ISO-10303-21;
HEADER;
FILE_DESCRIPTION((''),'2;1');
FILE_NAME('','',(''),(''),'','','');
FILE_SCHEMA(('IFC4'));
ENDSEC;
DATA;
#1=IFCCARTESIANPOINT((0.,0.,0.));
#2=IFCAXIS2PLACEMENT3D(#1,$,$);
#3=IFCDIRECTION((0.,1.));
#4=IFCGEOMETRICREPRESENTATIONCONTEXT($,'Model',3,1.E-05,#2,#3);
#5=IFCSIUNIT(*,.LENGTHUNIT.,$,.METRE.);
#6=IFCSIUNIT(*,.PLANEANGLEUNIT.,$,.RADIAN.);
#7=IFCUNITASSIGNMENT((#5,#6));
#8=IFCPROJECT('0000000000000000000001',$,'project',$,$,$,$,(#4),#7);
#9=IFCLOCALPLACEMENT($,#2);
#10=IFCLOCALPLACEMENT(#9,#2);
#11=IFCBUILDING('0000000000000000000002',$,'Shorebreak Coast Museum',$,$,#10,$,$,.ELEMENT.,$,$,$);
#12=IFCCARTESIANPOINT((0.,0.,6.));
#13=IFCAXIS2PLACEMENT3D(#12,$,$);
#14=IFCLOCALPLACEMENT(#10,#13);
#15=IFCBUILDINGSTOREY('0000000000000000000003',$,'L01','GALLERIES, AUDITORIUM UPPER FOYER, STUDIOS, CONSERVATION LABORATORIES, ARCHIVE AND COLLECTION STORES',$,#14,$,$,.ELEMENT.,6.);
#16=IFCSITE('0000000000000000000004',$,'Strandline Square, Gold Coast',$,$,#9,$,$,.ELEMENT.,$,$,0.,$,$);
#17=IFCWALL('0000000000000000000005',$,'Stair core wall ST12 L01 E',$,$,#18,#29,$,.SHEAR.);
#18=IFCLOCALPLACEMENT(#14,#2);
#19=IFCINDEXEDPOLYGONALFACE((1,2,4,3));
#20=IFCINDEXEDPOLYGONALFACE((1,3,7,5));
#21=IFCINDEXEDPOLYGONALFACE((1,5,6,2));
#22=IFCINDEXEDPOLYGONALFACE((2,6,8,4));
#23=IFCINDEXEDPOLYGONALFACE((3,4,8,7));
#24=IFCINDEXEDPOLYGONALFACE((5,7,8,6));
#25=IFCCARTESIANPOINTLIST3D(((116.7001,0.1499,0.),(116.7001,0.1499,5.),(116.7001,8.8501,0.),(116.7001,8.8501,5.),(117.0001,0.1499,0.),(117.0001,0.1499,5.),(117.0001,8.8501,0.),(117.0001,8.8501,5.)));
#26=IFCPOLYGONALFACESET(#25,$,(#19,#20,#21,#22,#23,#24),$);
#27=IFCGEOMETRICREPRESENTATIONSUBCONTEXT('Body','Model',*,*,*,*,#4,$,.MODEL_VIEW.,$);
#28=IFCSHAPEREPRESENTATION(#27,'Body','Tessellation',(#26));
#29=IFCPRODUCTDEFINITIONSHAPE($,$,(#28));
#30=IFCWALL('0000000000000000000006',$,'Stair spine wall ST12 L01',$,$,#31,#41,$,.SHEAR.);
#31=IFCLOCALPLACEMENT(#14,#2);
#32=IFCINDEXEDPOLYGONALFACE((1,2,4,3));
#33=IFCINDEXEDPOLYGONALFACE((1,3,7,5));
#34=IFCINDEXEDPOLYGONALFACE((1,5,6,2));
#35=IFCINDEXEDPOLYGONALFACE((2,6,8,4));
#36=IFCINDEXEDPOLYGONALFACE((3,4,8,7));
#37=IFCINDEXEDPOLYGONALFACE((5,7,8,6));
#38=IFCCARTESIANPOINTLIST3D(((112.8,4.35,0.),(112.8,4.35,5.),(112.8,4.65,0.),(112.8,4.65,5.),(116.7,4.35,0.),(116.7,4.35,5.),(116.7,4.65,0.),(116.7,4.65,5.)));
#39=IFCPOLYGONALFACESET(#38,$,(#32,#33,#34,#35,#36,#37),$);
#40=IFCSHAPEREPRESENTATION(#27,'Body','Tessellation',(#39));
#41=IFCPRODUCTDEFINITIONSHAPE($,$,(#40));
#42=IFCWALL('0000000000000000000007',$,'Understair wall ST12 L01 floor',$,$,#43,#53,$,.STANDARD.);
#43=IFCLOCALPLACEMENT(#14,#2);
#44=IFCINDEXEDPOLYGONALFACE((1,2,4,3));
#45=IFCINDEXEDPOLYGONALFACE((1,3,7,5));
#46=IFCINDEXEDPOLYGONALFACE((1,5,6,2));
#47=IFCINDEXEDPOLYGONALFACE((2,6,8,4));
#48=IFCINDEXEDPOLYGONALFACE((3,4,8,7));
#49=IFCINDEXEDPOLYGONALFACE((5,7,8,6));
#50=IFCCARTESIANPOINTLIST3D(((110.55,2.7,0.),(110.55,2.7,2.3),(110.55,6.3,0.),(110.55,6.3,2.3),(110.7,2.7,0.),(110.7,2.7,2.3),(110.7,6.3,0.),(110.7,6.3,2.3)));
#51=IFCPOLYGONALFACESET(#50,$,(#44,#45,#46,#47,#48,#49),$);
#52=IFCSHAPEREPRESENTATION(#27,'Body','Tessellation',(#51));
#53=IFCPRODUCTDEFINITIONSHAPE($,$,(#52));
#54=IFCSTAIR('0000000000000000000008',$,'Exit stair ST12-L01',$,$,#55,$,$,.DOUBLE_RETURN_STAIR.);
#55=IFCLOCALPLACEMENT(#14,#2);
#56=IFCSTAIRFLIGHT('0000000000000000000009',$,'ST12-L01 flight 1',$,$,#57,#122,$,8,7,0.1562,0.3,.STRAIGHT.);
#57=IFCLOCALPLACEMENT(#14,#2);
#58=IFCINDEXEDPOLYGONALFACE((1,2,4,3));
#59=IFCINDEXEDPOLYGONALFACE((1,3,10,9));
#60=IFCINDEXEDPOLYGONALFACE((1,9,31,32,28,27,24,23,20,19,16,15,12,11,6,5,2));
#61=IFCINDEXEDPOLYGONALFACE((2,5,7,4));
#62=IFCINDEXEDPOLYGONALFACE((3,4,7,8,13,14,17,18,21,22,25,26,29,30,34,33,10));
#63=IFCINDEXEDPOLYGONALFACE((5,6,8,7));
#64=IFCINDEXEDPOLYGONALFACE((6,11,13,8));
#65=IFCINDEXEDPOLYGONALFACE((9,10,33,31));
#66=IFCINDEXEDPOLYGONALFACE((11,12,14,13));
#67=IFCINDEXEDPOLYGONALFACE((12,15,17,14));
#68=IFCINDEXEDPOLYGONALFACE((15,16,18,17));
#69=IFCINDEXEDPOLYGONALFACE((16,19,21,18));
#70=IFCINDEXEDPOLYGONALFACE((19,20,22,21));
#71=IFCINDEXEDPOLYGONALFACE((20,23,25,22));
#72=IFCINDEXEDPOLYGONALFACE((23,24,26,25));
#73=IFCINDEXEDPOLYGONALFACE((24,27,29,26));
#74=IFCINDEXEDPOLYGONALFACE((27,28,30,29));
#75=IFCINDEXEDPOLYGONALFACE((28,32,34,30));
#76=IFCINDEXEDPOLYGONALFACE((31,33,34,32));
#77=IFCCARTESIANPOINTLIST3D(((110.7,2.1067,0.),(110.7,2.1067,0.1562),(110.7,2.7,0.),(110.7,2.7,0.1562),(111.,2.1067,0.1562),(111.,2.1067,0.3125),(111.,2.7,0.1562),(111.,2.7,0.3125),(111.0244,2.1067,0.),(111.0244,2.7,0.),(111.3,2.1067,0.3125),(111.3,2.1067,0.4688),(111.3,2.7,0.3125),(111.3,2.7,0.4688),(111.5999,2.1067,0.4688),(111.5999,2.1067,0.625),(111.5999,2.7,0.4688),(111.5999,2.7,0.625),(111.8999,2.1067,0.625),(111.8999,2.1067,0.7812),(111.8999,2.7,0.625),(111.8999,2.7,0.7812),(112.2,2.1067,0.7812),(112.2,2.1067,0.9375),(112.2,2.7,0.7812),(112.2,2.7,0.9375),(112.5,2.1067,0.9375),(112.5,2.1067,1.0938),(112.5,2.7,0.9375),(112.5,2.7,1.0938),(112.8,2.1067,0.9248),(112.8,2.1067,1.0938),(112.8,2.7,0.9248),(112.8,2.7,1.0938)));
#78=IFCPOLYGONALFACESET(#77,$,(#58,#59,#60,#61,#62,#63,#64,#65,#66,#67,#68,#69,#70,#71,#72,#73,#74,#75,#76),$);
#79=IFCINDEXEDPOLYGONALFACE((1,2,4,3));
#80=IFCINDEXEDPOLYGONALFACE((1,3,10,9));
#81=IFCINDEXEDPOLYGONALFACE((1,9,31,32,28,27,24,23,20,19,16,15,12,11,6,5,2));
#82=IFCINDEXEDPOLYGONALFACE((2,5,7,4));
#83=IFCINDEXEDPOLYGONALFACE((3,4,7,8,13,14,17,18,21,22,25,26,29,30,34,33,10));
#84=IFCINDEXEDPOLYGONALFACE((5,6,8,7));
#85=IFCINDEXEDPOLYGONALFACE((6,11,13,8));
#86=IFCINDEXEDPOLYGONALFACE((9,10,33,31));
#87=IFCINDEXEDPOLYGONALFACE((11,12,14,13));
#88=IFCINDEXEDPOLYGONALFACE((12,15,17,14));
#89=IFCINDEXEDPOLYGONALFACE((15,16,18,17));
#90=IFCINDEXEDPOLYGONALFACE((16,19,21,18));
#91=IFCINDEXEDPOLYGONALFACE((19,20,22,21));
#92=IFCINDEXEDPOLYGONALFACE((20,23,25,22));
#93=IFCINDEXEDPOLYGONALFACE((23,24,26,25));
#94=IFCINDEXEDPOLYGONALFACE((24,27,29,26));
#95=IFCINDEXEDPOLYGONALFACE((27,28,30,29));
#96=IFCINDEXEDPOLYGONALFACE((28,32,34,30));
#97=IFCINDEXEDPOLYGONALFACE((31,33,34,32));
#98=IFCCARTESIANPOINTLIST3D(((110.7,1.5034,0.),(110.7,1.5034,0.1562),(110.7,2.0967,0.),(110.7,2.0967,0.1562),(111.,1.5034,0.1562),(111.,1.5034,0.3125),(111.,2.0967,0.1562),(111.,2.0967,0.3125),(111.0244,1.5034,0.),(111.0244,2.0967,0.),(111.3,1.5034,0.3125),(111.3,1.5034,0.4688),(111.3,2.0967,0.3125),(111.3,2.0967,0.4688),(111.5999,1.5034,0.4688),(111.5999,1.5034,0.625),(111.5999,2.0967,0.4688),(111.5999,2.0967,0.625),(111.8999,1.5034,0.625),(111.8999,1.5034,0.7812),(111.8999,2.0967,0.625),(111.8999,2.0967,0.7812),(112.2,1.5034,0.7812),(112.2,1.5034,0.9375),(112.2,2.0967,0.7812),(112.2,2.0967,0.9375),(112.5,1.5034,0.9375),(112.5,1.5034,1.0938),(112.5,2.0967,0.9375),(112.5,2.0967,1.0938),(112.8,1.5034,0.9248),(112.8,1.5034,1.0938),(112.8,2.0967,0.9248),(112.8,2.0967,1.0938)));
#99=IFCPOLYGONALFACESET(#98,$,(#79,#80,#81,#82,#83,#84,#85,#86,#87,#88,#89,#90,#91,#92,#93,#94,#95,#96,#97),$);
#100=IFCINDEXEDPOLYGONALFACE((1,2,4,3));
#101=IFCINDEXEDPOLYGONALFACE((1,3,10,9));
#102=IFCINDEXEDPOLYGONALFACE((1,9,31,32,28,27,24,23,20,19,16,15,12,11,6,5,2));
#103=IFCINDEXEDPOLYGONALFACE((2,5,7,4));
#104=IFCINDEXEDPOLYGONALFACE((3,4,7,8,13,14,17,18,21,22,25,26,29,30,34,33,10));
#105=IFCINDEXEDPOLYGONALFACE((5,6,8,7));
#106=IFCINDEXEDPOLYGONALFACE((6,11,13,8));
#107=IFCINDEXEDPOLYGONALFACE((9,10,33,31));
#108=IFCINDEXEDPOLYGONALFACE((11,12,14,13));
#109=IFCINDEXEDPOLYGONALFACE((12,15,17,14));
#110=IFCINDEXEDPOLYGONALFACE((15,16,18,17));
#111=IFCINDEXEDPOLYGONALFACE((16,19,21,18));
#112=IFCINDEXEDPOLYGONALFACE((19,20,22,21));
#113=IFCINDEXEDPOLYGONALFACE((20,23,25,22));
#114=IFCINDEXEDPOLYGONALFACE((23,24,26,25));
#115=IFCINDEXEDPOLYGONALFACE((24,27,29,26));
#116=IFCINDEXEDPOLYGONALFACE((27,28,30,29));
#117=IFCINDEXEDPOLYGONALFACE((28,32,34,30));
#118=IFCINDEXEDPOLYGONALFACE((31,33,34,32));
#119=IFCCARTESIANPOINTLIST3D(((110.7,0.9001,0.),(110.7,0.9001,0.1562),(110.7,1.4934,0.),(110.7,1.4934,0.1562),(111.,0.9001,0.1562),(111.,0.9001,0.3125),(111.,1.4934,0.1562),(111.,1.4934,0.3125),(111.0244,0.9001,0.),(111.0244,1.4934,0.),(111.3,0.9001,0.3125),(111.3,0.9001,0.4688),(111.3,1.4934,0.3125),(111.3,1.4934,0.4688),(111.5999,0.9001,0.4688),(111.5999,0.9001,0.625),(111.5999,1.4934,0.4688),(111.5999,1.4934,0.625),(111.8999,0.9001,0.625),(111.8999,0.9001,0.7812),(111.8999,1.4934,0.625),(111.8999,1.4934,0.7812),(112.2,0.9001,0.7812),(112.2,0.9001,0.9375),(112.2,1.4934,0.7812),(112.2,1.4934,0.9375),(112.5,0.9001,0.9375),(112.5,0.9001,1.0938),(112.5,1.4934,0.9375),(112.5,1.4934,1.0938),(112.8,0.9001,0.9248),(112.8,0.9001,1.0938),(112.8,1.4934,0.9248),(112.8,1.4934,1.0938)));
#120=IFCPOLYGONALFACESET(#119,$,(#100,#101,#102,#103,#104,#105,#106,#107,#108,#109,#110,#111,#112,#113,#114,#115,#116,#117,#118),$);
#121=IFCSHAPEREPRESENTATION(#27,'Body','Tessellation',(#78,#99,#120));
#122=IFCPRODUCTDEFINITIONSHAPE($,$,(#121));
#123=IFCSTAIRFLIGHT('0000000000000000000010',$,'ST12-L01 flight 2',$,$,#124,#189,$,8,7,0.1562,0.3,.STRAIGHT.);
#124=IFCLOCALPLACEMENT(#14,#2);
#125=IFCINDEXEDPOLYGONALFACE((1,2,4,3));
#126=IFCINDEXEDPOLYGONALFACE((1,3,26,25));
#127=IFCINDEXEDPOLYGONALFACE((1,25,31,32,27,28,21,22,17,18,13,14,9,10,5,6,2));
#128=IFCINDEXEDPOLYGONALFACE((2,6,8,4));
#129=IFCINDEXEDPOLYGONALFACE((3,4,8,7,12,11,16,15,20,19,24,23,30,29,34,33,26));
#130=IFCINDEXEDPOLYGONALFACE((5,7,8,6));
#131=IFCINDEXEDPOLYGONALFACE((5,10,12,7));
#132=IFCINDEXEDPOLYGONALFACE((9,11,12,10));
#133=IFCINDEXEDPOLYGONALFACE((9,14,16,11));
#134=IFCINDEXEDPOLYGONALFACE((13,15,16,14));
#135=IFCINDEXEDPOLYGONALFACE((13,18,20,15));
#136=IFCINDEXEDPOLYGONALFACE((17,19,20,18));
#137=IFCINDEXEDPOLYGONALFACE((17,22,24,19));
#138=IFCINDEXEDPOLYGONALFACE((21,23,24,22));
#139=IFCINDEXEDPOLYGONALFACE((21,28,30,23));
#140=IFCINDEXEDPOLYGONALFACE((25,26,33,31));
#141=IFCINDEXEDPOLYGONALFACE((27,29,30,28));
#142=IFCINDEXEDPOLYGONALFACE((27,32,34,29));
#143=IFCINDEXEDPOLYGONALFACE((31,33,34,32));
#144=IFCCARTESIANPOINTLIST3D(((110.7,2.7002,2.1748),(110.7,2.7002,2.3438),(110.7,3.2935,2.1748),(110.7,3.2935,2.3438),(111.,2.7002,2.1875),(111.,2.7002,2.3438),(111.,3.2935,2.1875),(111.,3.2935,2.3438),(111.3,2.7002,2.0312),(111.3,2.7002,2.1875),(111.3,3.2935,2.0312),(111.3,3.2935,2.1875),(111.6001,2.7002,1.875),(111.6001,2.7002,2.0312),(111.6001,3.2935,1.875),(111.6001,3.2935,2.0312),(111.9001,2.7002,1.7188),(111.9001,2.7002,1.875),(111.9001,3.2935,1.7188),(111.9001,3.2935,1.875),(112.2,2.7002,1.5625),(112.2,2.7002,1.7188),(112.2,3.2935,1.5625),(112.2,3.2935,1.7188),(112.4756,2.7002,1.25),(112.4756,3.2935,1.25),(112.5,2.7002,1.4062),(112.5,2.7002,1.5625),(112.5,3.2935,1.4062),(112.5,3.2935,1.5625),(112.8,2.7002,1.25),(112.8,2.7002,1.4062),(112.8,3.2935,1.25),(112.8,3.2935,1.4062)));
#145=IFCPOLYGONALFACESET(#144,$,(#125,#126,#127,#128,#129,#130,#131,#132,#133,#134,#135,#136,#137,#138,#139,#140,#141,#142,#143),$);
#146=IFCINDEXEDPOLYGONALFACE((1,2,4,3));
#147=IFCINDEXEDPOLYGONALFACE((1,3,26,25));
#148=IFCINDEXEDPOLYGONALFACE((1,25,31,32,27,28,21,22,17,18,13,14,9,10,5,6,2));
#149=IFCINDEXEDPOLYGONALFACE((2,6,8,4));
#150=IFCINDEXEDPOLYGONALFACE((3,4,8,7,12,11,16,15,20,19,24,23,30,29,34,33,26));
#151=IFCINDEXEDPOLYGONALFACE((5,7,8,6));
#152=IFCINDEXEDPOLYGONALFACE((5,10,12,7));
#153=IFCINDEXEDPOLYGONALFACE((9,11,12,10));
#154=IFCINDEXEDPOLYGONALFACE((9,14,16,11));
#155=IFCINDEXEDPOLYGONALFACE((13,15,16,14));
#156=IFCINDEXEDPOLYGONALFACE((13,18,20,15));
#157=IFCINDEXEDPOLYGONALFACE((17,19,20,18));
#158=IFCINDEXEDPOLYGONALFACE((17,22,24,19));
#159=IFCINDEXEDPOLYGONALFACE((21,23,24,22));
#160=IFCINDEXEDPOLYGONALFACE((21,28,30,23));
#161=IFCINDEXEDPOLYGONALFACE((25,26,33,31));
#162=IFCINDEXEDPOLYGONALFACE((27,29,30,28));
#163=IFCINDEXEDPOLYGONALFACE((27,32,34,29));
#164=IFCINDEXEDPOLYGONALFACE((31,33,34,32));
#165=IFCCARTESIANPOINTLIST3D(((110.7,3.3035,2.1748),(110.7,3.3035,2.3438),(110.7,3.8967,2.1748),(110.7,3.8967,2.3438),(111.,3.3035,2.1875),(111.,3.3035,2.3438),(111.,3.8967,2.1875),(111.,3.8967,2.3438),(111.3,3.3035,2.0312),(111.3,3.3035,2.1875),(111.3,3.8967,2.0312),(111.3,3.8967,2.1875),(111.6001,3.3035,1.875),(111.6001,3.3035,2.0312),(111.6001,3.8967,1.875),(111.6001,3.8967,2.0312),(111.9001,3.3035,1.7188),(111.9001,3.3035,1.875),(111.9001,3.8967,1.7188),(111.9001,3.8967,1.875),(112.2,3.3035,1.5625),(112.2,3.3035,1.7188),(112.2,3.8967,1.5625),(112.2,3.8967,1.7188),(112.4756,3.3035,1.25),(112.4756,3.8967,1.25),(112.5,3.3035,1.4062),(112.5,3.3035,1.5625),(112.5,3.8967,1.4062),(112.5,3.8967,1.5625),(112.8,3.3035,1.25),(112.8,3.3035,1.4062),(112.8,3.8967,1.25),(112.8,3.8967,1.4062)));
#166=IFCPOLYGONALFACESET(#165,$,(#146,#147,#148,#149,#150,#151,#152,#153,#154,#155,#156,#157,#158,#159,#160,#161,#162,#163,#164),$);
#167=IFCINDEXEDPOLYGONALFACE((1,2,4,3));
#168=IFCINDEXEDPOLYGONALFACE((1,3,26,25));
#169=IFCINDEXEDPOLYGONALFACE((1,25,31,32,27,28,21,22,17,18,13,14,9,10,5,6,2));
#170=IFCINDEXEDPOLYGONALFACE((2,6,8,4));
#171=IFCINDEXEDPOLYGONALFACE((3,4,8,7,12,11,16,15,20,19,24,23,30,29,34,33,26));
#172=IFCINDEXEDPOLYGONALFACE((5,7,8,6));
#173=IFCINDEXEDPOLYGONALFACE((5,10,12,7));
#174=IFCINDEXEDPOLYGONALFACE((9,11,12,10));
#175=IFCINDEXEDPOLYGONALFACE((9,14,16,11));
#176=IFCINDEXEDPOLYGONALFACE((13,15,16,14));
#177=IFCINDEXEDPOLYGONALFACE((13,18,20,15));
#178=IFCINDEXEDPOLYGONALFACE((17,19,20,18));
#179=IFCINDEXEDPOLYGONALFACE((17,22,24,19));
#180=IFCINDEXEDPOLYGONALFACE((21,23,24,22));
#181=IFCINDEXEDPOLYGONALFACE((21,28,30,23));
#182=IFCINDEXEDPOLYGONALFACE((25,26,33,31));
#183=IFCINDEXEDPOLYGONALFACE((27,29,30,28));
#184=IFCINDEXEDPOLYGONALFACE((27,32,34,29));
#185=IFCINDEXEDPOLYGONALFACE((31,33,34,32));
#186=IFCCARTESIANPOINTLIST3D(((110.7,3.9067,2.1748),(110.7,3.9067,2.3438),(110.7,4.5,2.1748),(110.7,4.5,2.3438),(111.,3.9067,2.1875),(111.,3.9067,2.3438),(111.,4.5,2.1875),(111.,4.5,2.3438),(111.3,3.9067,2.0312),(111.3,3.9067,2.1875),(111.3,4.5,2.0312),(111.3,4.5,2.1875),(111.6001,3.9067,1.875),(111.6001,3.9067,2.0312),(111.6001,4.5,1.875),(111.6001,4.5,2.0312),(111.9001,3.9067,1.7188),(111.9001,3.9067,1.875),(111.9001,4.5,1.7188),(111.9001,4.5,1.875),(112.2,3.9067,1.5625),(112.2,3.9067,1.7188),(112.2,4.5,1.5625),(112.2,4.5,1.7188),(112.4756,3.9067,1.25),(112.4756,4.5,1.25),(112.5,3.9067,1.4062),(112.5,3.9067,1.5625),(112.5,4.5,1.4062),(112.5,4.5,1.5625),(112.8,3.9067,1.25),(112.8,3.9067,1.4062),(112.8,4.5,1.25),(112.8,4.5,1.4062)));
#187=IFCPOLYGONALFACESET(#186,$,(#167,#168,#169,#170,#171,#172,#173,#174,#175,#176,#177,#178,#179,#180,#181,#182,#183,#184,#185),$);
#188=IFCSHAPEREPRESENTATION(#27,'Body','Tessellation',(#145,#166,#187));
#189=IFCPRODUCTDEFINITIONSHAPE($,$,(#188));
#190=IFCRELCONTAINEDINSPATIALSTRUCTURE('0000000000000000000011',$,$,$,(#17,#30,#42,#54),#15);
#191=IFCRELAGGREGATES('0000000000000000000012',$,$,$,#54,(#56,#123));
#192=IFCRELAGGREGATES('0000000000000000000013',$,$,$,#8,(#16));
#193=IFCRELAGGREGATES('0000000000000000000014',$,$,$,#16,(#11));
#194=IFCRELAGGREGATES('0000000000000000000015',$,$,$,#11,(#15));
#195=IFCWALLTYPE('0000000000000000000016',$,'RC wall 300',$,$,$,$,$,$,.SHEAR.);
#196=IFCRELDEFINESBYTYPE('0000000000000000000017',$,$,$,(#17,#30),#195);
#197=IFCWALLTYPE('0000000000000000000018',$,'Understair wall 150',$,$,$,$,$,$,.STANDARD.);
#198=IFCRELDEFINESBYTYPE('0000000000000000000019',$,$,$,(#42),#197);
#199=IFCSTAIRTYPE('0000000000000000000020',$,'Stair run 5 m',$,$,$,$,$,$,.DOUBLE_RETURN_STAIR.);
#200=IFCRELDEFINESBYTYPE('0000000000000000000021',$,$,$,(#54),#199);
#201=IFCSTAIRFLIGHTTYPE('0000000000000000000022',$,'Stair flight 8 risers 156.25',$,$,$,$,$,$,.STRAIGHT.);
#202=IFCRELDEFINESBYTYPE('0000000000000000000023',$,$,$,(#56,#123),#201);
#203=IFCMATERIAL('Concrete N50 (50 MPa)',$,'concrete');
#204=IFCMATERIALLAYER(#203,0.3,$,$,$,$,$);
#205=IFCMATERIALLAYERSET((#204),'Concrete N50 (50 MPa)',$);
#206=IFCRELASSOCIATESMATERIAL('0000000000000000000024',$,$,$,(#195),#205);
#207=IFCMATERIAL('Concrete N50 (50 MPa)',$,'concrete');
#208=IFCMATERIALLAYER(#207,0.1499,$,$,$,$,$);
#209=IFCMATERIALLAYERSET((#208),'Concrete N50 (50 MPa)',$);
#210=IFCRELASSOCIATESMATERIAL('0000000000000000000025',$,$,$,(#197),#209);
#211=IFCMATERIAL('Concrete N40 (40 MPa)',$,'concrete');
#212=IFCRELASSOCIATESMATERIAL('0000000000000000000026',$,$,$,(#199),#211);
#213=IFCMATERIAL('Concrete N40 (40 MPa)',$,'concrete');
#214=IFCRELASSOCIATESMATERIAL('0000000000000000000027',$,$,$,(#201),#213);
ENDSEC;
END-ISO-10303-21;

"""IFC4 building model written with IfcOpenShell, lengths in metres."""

from ifc_helpers import new_model, si_unit, direction, frame, frame_2d, origin, place, context, subcontext, project, spatial, polyline, rectangle, outline, extrude, material, layer, layer_set, type_object, element, aggregate, save


model = new_model("IFC4")

# Units and contexts
model_context = context("Model", 3, precision=1e-05, world=origin(), true_north=direction((0.0, 1.0)))
body_context = subcontext(model_context, "Body", "Model", "MODEL_VIEW")
ifc_project = project(units=[si_unit("LENGTHUNIT", "METRE"), si_unit("PLANEANGLEUNIT", "RADIAN")], contexts=[model_context])

# Site, building, storey
site_placement = place(None, origin())
site = spatial("IfcSite", under=ifc_project, at=site_placement, Name="Strandline Square, Gold Coast", CompositionType="ELEMENT", RefElevation=0.0)
building_placement = place(site_placement, origin())
building = spatial("IfcBuilding", under=site, at=building_placement, Name="Shorebreak Coast Museum", CompositionType="ELEMENT")
storey_placement = place(building_placement, frame((0.0, 0.0, 6.0)))
storey = spatial("IfcBuildingStorey", under=building, at=storey_placement, Name="L01", Description="GALLERIES, AUDITORIUM UPPER FOYER, STUDIOS, CONSERVATION LABORATORIES, ARCHIVE AND COLLECTION STORES", CompositionType="ELEMENT", Elevation=6.0)

# Walls
ifc_material_1 = material(Name="Concrete N50 (50 MPa)", Category="concrete")
ifc_layer_1 = layer(ifc_material_1, 0.3)
ifc_layer_set_1 = layer_set([ifc_layer_1], Name="Concrete N50 (50 MPa)")
wall_type_1 = type_object("IfcWallType", Name="RC wall 300", PredefinedType="SHEAR", material=ifc_layer_set_1)
wall_1_placement = place(storey_placement, frame((116.8501, 0.1499, 0.0), z_axis=(0.0, 0.0, 1.0), x_axis=(0.0, 1.0, 0.0)))
element("IfcWall", 1, at=wall_1_placement, inside=storey, type_object=wall_type_1, Name="Stair core wall ST12 L01 E", PredefinedType="SHEAR", context=body_context, shape_type="SweptSolid", body=[
    extrude(rectangle(XDim=8.7002, YDim=0.3, at=frame_2d((4.3501, 0.0))), origin(), (0.0, 0.0, 1.0), 5.0),
])
wall_2_placement = place(storey_placement, frame((112.8, 4.5, 0.0), z_axis=(0.0, 0.0, 1.0), x_axis=(1.0, 0.0, 0.0)))
element("IfcWall", 2, at=wall_2_placement, inside=storey, type_object=wall_type_1, Name="Stair spine wall ST12 L01", PredefinedType="SHEAR", context=body_context, shape_type="SweptSolid", body=[
    extrude(rectangle(XDim=3.8999, YDim=0.3, at=frame_2d((1.95, 0.0))), origin(), (0.0, 0.0, 1.0), 5.0),
])
ifc_material_2 = material(Name="Concrete N50 (50 MPa)", Category="concrete")
ifc_layer_2 = layer(ifc_material_2, 0.1499)
ifc_layer_set_2 = layer_set([ifc_layer_2], Name="Concrete N50 (50 MPa)")
wall_type_2 = type_object("IfcWallType", Name="Understair wall 150", PredefinedType="STANDARD", material=ifc_layer_set_2)
wall_3_placement = place(storey_placement, frame((110.625, 2.7, 0.0), z_axis=(0.0, 0.0, 1.0), x_axis=(0.0, 1.0, 0.0)))
element("IfcWall", 3, at=wall_3_placement, inside=storey, type_object=wall_type_2, Name="Understair wall ST12 L01 floor", PredefinedType="STANDARD", context=body_context, shape_type="SweptSolid", body=[
    extrude(rectangle(XDim=3.6001, YDim=0.1499, at=frame_2d((1.8, 0.0))), origin(), (0.0, 0.0, 1.0), 2.3),
])

# Stair, stair flights
ifc_material_3 = material(Name="Concrete N40 (40 MPa)", Category="concrete")
stair_type = type_object("IfcStairType", Name="Stair run 5 m", PredefinedType="DOUBLE_RETURN_STAIR", material=ifc_material_3)
stair_placement = place(storey_placement, origin())
stair = element("IfcStair", 4, at=stair_placement, inside=storey, type_object=stair_type, Name="Exit stair ST12-L01", PredefinedType="DOUBLE_RETURN_STAIR")
ifc_material_4 = material(Name="Concrete N40 (40 MPa)", Category="concrete")
stair_flight_type = type_object("IfcStairFlightType", Name="Stair flight 8 risers 156.25", PredefinedType="STRAIGHT", material=ifc_material_4)
stair_flight_1_placement = place(storey_placement, frame((110.7, 1.8, 0.0), z_axis=(0.0, 0.0, 1.0), x_axis=(1.0, 0.0, 0.0)))
stair_flight_1 = element("IfcStairFlight", 5, at=stair_flight_1_placement, type_object=stair_flight_type, Name="ST12-L01 flight 1", NumberOfRisers=8, NumberOfTreads=7, PredefinedType="STRAIGHT", RiserHeight=0.1562, TreadLength=0.3, context=body_context, shape_type="SweptSolid", body=[
    extrude(outline(polyline([(0.0, 0.0), (0.0, 0.1562), (0.3, 0.1562), (0.3, 0.3125), (0.6001, 0.3125), (0.6001, 0.4688), (0.8999, 0.4688), (0.8999, 0.625), (1.2, 0.625), (1.2, 0.7812), (1.5, 0.7812), (1.5, 0.9375), (1.8, 0.9375), (1.8, 1.0938), (2.1001, 1.0938), (2.1001, 1.25), (2.1001, 0.9248), (0.3245, 0.0), (0.0, 0.0)])), frame((0.0, 0.8999, 0.0), z_axis=(0.0, -1.0, 0.0), x_axis=(1.0, 0.0, 0.0)), (0.0, 0.0, 1.0), 0.5933),
    extrude(outline(polyline([(0.0, 0.0), (0.0, 0.1562), (0.3, 0.1562), (0.3, 0.3125), (0.6001, 0.3125), (0.6001, 0.4688), (0.8999, 0.4688), (0.8999, 0.625), (1.2, 0.625), (1.2, 0.7812), (1.5, 0.7812), (1.5, 0.9375), (1.8, 0.9375), (1.8, 1.0938), (2.1001, 1.0938), (2.1001, 1.25), (2.1001, 0.9248), (0.3245, 0.0), (0.0, 0.0)])), frame((0.0, 0.2966, 0.0), z_axis=(0.0, -1.0, 0.0), x_axis=(1.0, 0.0, 0.0)), (0.0, 0.0, 1.0), 0.5933),
    extrude(outline(polyline([(0.0, 0.0), (0.0, 0.1562), (0.3, 0.1562), (0.3, 0.3125), (0.6001, 0.3125), (0.6001, 0.4688), (0.8999, 0.4688), (0.8999, 0.625), (1.2, 0.625), (1.2, 0.7812), (1.5, 0.7812), (1.5, 0.9375), (1.8, 0.9375), (1.8, 1.0938), (2.1001, 1.0938), (2.1001, 1.25), (2.1001, 0.9248), (0.3245, 0.0), (0.0, 0.0)])), frame((0.0, -0.3066, 0.0), z_axis=(0.0, -1.0, 0.0), x_axis=(1.0, 0.0, 0.0)), (0.0, 0.0, 1.0), 0.5933),
])
stair_flight_2_placement = place(storey_placement, frame((112.8, 3.6001, 1.25), z_axis=(0.0, 0.0, 1.0), x_axis=(-1.0, 0.0, 0.0)))
stair_flight_2 = element("IfcStairFlight", 6, at=stair_flight_2_placement, type_object=stair_flight_type, Name="ST12-L01 flight 2", NumberOfRisers=8, NumberOfTreads=7, PredefinedType="STRAIGHT", RiserHeight=0.1562, TreadLength=0.3, context=body_context, shape_type="SweptSolid", body=[
    extrude(outline(polyline([(0.0, 0.0), (0.0, 0.1562), (0.3, 0.1562), (0.3, 0.3125), (0.6001, 0.3125), (0.6001, 0.4688), (0.8999, 0.4688), (0.8999, 0.625), (1.2, 0.625), (1.2, 0.7812), (1.5, 0.7812), (1.5, 0.9375), (1.8, 0.9375), (1.8, 1.0938), (2.1001, 1.0938), (2.1001, 1.25), (2.1001, 0.9248), (0.3245, 0.0), (0.0, 0.0)])), frame((0.0, 0.8999, 0.0), z_axis=(0.0, -1.0, 0.0), x_axis=(1.0, 0.0, 0.0)), (0.0, 0.0, 1.0), 0.5933),
    extrude(outline(polyline([(0.0, 0.0), (0.0, 0.1562), (0.3, 0.1562), (0.3, 0.3125), (0.6001, 0.3125), (0.6001, 0.4688), (0.8999, 0.4688), (0.8999, 0.625), (1.2, 0.625), (1.2, 0.7812), (1.5, 0.7812), (1.5, 0.9375), (1.8, 0.9375), (1.8, 1.0938), (2.1001, 1.0938), (2.1001, 1.25), (2.1001, 0.9248), (0.3245, 0.0), (0.0, 0.0)])), frame((0.0, 0.2966, 0.0), z_axis=(0.0, -1.0, 0.0), x_axis=(1.0, 0.0, 0.0)), (0.0, 0.0, 1.0), 0.5933),
    extrude(outline(polyline([(0.0, 0.0), (0.0, 0.1562), (0.3, 0.1562), (0.3, 0.3125), (0.6001, 0.3125), (0.6001, 0.4688), (0.8999, 0.4688), (0.8999, 0.625), (1.2, 0.625), (1.2, 0.7812), (1.5, 0.7812), (1.5, 0.9375), (1.8, 0.9375), (1.8, 1.0938), (2.1001, 1.0938), (2.1001, 1.25), (2.1001, 0.9248), (0.3245, 0.0), (0.0, 0.0)])), frame((0.0, -0.3066, 0.0), z_axis=(0.0, -1.0, 0.0), x_axis=(1.0, 0.0, 0.0)), (0.0, 0.0, 1.0), 0.5933),
])
aggregate(stair, [stair_flight_1, stair_flight_2])

save(model, "model.ifc")
